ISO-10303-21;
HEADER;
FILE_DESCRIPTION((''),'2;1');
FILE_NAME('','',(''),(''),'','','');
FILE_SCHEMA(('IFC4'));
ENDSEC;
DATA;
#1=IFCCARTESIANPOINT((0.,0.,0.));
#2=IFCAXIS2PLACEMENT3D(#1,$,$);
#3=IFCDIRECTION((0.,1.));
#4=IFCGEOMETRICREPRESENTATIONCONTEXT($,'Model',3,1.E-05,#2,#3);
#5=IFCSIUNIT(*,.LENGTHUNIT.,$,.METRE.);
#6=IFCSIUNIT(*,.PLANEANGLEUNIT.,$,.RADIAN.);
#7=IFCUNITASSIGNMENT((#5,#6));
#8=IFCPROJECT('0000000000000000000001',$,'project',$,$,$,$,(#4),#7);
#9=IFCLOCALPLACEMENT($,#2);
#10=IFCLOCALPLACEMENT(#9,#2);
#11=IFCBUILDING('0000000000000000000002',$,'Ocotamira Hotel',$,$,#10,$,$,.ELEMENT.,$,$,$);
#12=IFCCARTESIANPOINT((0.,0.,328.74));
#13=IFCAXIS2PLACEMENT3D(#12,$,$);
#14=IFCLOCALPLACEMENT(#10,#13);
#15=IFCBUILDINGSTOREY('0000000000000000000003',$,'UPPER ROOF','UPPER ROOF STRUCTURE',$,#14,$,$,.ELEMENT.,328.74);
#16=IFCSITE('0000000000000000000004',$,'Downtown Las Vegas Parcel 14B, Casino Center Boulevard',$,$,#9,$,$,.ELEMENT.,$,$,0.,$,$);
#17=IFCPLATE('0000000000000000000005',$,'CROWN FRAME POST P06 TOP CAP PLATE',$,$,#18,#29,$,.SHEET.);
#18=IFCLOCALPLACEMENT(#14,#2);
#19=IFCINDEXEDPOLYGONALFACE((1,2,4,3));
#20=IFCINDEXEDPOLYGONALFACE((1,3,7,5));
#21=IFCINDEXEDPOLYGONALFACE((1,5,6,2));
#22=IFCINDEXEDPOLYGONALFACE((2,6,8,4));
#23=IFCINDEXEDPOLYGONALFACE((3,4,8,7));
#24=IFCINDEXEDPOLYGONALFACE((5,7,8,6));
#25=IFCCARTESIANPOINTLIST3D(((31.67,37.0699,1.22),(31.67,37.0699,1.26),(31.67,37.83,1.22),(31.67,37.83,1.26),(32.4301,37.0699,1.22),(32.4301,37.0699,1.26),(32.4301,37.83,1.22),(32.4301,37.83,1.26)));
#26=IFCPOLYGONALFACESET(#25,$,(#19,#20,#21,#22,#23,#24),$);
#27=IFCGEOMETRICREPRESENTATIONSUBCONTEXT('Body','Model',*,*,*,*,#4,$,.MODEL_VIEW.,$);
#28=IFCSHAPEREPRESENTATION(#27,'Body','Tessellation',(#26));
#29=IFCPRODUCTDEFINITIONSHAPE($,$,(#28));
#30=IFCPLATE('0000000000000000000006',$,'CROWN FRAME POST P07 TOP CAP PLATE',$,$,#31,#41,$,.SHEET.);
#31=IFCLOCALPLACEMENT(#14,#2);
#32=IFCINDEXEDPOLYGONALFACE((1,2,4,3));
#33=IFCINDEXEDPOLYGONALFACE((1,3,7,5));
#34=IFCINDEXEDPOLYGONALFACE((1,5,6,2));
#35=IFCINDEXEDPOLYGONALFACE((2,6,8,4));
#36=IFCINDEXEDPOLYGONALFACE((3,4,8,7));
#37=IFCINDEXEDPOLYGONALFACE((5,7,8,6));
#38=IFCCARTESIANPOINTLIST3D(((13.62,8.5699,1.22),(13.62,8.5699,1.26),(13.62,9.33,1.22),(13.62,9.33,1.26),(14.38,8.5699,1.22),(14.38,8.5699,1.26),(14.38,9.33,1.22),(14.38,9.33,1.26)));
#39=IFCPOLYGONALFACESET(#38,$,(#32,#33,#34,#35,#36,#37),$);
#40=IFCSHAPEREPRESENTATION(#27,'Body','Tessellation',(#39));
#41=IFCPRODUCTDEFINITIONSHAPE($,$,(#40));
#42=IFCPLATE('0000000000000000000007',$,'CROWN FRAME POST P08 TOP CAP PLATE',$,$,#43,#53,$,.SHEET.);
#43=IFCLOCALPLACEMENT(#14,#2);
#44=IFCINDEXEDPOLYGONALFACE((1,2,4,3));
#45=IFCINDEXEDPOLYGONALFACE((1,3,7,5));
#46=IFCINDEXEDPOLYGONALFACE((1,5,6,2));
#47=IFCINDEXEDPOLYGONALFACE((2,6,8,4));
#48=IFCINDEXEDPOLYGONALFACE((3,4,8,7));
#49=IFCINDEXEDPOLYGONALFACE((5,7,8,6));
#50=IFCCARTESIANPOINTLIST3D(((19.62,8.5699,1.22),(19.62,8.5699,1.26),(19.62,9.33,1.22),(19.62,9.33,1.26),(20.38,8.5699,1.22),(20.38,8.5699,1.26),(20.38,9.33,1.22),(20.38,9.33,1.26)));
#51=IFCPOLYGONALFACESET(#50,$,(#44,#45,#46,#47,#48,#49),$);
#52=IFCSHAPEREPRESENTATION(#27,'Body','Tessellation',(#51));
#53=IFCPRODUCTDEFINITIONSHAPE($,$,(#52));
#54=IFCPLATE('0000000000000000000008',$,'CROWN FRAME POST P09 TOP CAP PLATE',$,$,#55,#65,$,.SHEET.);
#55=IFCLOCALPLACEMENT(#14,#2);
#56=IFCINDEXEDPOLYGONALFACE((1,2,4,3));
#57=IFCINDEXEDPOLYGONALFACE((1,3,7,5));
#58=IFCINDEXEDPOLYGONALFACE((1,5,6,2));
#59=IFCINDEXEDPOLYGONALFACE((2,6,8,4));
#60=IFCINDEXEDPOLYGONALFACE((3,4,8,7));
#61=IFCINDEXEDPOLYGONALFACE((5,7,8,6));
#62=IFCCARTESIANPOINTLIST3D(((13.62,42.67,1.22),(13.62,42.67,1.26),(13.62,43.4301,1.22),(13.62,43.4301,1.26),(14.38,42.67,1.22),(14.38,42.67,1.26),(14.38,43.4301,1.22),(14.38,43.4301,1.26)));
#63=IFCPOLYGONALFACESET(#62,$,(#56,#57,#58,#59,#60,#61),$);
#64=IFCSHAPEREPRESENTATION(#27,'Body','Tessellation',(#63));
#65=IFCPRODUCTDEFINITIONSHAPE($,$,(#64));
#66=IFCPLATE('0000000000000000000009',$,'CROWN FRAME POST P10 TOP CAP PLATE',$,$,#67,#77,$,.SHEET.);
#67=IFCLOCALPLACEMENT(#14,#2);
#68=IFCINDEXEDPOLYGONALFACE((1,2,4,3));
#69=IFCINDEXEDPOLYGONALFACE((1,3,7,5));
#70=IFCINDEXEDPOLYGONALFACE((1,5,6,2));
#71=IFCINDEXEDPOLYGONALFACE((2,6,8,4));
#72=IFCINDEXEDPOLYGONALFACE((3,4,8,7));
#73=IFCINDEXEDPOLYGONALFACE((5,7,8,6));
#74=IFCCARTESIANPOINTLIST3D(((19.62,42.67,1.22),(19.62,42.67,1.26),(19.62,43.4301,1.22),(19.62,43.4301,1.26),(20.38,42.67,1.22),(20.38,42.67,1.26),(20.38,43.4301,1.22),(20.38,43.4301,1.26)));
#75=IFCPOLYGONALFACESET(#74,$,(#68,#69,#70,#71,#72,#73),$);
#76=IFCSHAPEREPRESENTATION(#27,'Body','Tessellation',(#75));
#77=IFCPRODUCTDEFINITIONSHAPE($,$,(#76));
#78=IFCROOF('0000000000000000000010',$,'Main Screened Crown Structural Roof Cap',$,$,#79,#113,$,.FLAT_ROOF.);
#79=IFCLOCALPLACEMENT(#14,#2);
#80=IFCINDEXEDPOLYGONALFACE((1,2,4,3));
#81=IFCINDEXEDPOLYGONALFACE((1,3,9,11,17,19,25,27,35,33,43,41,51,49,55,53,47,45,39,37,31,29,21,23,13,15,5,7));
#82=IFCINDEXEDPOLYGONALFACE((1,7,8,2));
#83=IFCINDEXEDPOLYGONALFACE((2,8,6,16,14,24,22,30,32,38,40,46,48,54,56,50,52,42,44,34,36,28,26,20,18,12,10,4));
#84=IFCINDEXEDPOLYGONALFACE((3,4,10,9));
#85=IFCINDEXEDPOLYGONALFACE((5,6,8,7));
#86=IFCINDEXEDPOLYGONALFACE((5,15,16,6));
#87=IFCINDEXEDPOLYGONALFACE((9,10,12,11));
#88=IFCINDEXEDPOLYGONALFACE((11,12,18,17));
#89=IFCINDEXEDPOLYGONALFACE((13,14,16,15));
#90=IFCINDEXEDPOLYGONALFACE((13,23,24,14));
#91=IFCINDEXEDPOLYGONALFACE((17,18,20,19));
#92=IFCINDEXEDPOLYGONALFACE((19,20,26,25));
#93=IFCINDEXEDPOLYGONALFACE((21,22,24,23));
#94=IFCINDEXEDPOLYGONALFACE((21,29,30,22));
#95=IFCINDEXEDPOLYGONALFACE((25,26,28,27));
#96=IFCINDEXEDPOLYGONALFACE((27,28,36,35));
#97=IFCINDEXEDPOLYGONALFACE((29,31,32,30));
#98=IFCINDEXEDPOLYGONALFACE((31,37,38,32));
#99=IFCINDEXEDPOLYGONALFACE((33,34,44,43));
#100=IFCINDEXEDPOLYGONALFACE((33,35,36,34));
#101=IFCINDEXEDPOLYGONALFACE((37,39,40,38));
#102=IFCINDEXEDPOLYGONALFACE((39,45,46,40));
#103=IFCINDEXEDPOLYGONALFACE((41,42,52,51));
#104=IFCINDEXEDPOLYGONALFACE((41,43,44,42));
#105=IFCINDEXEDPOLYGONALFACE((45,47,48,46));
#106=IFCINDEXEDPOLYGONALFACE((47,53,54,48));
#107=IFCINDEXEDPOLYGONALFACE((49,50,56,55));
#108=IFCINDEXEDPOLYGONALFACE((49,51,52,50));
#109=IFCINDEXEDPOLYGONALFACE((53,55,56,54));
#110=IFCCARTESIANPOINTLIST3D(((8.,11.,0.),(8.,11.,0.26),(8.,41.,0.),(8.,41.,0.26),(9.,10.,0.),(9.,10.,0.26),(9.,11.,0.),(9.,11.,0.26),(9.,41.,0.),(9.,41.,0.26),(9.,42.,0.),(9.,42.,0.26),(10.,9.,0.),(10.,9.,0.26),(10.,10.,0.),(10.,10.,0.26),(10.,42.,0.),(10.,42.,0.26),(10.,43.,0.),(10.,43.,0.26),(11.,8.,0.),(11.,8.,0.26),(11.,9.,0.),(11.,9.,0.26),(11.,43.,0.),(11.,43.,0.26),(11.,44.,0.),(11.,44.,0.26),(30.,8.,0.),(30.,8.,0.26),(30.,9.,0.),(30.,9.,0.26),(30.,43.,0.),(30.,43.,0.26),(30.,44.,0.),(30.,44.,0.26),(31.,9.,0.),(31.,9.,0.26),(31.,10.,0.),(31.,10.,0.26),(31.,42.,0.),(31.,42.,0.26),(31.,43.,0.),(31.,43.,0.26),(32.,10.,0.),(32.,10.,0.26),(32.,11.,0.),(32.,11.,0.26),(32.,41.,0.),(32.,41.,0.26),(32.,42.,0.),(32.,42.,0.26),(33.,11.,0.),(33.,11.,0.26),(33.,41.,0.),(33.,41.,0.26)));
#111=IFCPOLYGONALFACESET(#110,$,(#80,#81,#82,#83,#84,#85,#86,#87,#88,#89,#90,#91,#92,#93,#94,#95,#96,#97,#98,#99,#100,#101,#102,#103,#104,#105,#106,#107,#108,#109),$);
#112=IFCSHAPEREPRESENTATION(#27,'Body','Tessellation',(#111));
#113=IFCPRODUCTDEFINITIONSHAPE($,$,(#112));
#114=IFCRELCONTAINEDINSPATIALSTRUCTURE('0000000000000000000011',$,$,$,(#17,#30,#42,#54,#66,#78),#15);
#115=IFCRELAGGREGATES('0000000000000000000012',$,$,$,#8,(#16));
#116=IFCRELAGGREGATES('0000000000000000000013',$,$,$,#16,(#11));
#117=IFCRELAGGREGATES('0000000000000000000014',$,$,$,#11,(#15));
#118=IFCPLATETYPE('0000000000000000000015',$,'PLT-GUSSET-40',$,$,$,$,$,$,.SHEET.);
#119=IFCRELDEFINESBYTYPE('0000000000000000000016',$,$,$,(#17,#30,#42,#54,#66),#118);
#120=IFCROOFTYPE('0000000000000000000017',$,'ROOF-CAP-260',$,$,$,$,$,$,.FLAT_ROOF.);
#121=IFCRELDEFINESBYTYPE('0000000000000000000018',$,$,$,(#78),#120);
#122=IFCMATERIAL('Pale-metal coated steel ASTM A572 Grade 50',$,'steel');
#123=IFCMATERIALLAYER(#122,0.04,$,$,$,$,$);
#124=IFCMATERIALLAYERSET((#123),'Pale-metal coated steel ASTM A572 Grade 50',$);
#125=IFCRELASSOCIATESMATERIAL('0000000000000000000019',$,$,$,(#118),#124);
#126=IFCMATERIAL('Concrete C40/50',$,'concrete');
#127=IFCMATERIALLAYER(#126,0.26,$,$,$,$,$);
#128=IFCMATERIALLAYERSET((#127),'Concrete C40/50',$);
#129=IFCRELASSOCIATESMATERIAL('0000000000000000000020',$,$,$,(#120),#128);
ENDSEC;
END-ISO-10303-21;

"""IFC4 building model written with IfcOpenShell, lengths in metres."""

from ifc_helpers import new_model, si_unit, direction, frame, origin, origin_2d, place, context, subcontext, project, spatial, polyline, rectangle, outline, extrude, source, transform, mapped, material, layer, layer_set, type_object, element, save


model = new_model("IFC4")

# Units and contexts
model_context = context("Model", 3, precision=1e-05, world=origin(), true_north=direction((0.0, 1.0)))
body_context = subcontext(model_context, "Body", "Model", "MODEL_VIEW")
ifc_project = project(units=[si_unit("LENGTHUNIT", "METRE"), si_unit("PLANEANGLEUNIT", "RADIAN")], contexts=[model_context])

# Site, building, storey
site_placement = place(None, origin())
site = spatial("IfcSite", under=ifc_project, at=site_placement, Name="Downtown Las Vegas Parcel 14B, Casino Center Boulevard", CompositionType="ELEMENT", RefElevation=0.0)
building_placement = place(site_placement, origin())
building = spatial("IfcBuilding", under=site, at=building_placement, Name="Ocotamira Hotel", CompositionType="ELEMENT")
storey_placement = place(building_placement, frame((0.0, 0.0, 328.74)))
storey = spatial("IfcBuildingStorey", under=building, at=storey_placement, Name="UPPER ROOF", Description="UPPER ROOF STRUCTURE", CompositionType="ELEMENT", Elevation=328.74)

# Plates
ifc_material_1 = material(Name="Pale-metal coated steel ASTM A572 Grade 50", Category="steel")
ifc_layer_1 = layer(ifc_material_1, 0.04)
ifc_layer_set_1 = layer_set([ifc_layer_1], Name="Pale-metal coated steel ASTM A572 Grade 50")
plate_type = type_object("IfcPlateType", Name="PLT-GUSSET-40", PredefinedType="SHEET", material=ifc_layer_set_1)
shared_shape_1 = source(origin(), body_context, "Body", "SweptSolid", [
    extrude(rectangle(XDim=0.76, YDim=0.76, at=origin_2d()), origin(), (0.0, 0.0, 1.0), 0.04),
])
for number, where, z_axis, x_axis, name in (
    (1, (32.05, 37.45, 1.22), (0.0, 0.0, 1.0), (1.0, 0.0, 0.0), "CROWN FRAME POST P06 TOP CAP PLATE"),
    (2, (14.0, 8.95, 1.22), (0.0, 0.0, 1.0), (1.0, 0.0, 0.0), "CROWN FRAME POST P07 TOP CAP PLATE"),
    (3, (20.0, 8.95, 1.22), (0.0, 0.0, 1.0), (1.0, 0.0, 0.0), "CROWN FRAME POST P08 TOP CAP PLATE"),
    (4, (14.0, 43.05, 1.22), (0.0, 0.0, 1.0), (1.0, 0.0, 0.0), "CROWN FRAME POST P09 TOP CAP PLATE"),
    (5, (20.0, 43.05, 1.22), (0.0, 0.0, 1.0), (1.0, 0.0, 0.0), "CROWN FRAME POST P10 TOP CAP PLATE"),
):
    element("IfcPlate", number, at=place(storey_placement, frame(where, z_axis=z_axis, x_axis=x_axis)), inside=storey, type_object=plate_type, Name=name, PredefinedType="SHEET", context=body_context, shape_type="MappedRepresentation", body=[
        mapped(shared_shape_1, transform((0.0, 0.0, 0.0), scale=1.0)),
    ])

# Roof
ifc_material_2 = material(Name="Concrete C40/50", Category="concrete")
ifc_layer_2 = layer(ifc_material_2, 0.26)
ifc_layer_set_2 = layer_set([ifc_layer_2], Name="Concrete C40/50")
roof_type = type_object("IfcRoofType", Name="ROOF-CAP-260", PredefinedType="FLAT_ROOF", material=ifc_layer_set_2)
roof_placement = place(storey_placement, origin())
element("IfcRoof", 6, at=roof_placement, inside=storey, type_object=roof_type, Name="Main Screened Crown Structural Roof Cap", PredefinedType="FLAT_ROOF", context=body_context, shape_type="SweptSolid", body=[
    extrude(outline(polyline([(11.0, 8.0), (30.0, 8.0), (30.0, 9.0), (31.0, 9.0), (31.0, 10.0), (32.0, 10.0), (32.0, 11.0), (33.0, 11.0), (33.0, 41.0), (32.0, 41.0), (32.0, 42.0), (31.0, 42.0), (31.0, 43.0), (30.0, 43.0), (30.0, 44.0), (11.0, 44.0), (11.0, 43.0), (10.0, 43.0), (10.0, 42.0), (9.0, 42.0), (9.0, 41.0), (8.0, 41.0), (8.0, 11.0), (9.0, 11.0), (9.0, 10.0), (10.0, 10.0), (10.0, 9.0), (11.0, 9.0), (11.0, 8.0)])), origin(), (0.0, 0.0, 1.0), 0.26),
])

save(model, "model.ifc")
